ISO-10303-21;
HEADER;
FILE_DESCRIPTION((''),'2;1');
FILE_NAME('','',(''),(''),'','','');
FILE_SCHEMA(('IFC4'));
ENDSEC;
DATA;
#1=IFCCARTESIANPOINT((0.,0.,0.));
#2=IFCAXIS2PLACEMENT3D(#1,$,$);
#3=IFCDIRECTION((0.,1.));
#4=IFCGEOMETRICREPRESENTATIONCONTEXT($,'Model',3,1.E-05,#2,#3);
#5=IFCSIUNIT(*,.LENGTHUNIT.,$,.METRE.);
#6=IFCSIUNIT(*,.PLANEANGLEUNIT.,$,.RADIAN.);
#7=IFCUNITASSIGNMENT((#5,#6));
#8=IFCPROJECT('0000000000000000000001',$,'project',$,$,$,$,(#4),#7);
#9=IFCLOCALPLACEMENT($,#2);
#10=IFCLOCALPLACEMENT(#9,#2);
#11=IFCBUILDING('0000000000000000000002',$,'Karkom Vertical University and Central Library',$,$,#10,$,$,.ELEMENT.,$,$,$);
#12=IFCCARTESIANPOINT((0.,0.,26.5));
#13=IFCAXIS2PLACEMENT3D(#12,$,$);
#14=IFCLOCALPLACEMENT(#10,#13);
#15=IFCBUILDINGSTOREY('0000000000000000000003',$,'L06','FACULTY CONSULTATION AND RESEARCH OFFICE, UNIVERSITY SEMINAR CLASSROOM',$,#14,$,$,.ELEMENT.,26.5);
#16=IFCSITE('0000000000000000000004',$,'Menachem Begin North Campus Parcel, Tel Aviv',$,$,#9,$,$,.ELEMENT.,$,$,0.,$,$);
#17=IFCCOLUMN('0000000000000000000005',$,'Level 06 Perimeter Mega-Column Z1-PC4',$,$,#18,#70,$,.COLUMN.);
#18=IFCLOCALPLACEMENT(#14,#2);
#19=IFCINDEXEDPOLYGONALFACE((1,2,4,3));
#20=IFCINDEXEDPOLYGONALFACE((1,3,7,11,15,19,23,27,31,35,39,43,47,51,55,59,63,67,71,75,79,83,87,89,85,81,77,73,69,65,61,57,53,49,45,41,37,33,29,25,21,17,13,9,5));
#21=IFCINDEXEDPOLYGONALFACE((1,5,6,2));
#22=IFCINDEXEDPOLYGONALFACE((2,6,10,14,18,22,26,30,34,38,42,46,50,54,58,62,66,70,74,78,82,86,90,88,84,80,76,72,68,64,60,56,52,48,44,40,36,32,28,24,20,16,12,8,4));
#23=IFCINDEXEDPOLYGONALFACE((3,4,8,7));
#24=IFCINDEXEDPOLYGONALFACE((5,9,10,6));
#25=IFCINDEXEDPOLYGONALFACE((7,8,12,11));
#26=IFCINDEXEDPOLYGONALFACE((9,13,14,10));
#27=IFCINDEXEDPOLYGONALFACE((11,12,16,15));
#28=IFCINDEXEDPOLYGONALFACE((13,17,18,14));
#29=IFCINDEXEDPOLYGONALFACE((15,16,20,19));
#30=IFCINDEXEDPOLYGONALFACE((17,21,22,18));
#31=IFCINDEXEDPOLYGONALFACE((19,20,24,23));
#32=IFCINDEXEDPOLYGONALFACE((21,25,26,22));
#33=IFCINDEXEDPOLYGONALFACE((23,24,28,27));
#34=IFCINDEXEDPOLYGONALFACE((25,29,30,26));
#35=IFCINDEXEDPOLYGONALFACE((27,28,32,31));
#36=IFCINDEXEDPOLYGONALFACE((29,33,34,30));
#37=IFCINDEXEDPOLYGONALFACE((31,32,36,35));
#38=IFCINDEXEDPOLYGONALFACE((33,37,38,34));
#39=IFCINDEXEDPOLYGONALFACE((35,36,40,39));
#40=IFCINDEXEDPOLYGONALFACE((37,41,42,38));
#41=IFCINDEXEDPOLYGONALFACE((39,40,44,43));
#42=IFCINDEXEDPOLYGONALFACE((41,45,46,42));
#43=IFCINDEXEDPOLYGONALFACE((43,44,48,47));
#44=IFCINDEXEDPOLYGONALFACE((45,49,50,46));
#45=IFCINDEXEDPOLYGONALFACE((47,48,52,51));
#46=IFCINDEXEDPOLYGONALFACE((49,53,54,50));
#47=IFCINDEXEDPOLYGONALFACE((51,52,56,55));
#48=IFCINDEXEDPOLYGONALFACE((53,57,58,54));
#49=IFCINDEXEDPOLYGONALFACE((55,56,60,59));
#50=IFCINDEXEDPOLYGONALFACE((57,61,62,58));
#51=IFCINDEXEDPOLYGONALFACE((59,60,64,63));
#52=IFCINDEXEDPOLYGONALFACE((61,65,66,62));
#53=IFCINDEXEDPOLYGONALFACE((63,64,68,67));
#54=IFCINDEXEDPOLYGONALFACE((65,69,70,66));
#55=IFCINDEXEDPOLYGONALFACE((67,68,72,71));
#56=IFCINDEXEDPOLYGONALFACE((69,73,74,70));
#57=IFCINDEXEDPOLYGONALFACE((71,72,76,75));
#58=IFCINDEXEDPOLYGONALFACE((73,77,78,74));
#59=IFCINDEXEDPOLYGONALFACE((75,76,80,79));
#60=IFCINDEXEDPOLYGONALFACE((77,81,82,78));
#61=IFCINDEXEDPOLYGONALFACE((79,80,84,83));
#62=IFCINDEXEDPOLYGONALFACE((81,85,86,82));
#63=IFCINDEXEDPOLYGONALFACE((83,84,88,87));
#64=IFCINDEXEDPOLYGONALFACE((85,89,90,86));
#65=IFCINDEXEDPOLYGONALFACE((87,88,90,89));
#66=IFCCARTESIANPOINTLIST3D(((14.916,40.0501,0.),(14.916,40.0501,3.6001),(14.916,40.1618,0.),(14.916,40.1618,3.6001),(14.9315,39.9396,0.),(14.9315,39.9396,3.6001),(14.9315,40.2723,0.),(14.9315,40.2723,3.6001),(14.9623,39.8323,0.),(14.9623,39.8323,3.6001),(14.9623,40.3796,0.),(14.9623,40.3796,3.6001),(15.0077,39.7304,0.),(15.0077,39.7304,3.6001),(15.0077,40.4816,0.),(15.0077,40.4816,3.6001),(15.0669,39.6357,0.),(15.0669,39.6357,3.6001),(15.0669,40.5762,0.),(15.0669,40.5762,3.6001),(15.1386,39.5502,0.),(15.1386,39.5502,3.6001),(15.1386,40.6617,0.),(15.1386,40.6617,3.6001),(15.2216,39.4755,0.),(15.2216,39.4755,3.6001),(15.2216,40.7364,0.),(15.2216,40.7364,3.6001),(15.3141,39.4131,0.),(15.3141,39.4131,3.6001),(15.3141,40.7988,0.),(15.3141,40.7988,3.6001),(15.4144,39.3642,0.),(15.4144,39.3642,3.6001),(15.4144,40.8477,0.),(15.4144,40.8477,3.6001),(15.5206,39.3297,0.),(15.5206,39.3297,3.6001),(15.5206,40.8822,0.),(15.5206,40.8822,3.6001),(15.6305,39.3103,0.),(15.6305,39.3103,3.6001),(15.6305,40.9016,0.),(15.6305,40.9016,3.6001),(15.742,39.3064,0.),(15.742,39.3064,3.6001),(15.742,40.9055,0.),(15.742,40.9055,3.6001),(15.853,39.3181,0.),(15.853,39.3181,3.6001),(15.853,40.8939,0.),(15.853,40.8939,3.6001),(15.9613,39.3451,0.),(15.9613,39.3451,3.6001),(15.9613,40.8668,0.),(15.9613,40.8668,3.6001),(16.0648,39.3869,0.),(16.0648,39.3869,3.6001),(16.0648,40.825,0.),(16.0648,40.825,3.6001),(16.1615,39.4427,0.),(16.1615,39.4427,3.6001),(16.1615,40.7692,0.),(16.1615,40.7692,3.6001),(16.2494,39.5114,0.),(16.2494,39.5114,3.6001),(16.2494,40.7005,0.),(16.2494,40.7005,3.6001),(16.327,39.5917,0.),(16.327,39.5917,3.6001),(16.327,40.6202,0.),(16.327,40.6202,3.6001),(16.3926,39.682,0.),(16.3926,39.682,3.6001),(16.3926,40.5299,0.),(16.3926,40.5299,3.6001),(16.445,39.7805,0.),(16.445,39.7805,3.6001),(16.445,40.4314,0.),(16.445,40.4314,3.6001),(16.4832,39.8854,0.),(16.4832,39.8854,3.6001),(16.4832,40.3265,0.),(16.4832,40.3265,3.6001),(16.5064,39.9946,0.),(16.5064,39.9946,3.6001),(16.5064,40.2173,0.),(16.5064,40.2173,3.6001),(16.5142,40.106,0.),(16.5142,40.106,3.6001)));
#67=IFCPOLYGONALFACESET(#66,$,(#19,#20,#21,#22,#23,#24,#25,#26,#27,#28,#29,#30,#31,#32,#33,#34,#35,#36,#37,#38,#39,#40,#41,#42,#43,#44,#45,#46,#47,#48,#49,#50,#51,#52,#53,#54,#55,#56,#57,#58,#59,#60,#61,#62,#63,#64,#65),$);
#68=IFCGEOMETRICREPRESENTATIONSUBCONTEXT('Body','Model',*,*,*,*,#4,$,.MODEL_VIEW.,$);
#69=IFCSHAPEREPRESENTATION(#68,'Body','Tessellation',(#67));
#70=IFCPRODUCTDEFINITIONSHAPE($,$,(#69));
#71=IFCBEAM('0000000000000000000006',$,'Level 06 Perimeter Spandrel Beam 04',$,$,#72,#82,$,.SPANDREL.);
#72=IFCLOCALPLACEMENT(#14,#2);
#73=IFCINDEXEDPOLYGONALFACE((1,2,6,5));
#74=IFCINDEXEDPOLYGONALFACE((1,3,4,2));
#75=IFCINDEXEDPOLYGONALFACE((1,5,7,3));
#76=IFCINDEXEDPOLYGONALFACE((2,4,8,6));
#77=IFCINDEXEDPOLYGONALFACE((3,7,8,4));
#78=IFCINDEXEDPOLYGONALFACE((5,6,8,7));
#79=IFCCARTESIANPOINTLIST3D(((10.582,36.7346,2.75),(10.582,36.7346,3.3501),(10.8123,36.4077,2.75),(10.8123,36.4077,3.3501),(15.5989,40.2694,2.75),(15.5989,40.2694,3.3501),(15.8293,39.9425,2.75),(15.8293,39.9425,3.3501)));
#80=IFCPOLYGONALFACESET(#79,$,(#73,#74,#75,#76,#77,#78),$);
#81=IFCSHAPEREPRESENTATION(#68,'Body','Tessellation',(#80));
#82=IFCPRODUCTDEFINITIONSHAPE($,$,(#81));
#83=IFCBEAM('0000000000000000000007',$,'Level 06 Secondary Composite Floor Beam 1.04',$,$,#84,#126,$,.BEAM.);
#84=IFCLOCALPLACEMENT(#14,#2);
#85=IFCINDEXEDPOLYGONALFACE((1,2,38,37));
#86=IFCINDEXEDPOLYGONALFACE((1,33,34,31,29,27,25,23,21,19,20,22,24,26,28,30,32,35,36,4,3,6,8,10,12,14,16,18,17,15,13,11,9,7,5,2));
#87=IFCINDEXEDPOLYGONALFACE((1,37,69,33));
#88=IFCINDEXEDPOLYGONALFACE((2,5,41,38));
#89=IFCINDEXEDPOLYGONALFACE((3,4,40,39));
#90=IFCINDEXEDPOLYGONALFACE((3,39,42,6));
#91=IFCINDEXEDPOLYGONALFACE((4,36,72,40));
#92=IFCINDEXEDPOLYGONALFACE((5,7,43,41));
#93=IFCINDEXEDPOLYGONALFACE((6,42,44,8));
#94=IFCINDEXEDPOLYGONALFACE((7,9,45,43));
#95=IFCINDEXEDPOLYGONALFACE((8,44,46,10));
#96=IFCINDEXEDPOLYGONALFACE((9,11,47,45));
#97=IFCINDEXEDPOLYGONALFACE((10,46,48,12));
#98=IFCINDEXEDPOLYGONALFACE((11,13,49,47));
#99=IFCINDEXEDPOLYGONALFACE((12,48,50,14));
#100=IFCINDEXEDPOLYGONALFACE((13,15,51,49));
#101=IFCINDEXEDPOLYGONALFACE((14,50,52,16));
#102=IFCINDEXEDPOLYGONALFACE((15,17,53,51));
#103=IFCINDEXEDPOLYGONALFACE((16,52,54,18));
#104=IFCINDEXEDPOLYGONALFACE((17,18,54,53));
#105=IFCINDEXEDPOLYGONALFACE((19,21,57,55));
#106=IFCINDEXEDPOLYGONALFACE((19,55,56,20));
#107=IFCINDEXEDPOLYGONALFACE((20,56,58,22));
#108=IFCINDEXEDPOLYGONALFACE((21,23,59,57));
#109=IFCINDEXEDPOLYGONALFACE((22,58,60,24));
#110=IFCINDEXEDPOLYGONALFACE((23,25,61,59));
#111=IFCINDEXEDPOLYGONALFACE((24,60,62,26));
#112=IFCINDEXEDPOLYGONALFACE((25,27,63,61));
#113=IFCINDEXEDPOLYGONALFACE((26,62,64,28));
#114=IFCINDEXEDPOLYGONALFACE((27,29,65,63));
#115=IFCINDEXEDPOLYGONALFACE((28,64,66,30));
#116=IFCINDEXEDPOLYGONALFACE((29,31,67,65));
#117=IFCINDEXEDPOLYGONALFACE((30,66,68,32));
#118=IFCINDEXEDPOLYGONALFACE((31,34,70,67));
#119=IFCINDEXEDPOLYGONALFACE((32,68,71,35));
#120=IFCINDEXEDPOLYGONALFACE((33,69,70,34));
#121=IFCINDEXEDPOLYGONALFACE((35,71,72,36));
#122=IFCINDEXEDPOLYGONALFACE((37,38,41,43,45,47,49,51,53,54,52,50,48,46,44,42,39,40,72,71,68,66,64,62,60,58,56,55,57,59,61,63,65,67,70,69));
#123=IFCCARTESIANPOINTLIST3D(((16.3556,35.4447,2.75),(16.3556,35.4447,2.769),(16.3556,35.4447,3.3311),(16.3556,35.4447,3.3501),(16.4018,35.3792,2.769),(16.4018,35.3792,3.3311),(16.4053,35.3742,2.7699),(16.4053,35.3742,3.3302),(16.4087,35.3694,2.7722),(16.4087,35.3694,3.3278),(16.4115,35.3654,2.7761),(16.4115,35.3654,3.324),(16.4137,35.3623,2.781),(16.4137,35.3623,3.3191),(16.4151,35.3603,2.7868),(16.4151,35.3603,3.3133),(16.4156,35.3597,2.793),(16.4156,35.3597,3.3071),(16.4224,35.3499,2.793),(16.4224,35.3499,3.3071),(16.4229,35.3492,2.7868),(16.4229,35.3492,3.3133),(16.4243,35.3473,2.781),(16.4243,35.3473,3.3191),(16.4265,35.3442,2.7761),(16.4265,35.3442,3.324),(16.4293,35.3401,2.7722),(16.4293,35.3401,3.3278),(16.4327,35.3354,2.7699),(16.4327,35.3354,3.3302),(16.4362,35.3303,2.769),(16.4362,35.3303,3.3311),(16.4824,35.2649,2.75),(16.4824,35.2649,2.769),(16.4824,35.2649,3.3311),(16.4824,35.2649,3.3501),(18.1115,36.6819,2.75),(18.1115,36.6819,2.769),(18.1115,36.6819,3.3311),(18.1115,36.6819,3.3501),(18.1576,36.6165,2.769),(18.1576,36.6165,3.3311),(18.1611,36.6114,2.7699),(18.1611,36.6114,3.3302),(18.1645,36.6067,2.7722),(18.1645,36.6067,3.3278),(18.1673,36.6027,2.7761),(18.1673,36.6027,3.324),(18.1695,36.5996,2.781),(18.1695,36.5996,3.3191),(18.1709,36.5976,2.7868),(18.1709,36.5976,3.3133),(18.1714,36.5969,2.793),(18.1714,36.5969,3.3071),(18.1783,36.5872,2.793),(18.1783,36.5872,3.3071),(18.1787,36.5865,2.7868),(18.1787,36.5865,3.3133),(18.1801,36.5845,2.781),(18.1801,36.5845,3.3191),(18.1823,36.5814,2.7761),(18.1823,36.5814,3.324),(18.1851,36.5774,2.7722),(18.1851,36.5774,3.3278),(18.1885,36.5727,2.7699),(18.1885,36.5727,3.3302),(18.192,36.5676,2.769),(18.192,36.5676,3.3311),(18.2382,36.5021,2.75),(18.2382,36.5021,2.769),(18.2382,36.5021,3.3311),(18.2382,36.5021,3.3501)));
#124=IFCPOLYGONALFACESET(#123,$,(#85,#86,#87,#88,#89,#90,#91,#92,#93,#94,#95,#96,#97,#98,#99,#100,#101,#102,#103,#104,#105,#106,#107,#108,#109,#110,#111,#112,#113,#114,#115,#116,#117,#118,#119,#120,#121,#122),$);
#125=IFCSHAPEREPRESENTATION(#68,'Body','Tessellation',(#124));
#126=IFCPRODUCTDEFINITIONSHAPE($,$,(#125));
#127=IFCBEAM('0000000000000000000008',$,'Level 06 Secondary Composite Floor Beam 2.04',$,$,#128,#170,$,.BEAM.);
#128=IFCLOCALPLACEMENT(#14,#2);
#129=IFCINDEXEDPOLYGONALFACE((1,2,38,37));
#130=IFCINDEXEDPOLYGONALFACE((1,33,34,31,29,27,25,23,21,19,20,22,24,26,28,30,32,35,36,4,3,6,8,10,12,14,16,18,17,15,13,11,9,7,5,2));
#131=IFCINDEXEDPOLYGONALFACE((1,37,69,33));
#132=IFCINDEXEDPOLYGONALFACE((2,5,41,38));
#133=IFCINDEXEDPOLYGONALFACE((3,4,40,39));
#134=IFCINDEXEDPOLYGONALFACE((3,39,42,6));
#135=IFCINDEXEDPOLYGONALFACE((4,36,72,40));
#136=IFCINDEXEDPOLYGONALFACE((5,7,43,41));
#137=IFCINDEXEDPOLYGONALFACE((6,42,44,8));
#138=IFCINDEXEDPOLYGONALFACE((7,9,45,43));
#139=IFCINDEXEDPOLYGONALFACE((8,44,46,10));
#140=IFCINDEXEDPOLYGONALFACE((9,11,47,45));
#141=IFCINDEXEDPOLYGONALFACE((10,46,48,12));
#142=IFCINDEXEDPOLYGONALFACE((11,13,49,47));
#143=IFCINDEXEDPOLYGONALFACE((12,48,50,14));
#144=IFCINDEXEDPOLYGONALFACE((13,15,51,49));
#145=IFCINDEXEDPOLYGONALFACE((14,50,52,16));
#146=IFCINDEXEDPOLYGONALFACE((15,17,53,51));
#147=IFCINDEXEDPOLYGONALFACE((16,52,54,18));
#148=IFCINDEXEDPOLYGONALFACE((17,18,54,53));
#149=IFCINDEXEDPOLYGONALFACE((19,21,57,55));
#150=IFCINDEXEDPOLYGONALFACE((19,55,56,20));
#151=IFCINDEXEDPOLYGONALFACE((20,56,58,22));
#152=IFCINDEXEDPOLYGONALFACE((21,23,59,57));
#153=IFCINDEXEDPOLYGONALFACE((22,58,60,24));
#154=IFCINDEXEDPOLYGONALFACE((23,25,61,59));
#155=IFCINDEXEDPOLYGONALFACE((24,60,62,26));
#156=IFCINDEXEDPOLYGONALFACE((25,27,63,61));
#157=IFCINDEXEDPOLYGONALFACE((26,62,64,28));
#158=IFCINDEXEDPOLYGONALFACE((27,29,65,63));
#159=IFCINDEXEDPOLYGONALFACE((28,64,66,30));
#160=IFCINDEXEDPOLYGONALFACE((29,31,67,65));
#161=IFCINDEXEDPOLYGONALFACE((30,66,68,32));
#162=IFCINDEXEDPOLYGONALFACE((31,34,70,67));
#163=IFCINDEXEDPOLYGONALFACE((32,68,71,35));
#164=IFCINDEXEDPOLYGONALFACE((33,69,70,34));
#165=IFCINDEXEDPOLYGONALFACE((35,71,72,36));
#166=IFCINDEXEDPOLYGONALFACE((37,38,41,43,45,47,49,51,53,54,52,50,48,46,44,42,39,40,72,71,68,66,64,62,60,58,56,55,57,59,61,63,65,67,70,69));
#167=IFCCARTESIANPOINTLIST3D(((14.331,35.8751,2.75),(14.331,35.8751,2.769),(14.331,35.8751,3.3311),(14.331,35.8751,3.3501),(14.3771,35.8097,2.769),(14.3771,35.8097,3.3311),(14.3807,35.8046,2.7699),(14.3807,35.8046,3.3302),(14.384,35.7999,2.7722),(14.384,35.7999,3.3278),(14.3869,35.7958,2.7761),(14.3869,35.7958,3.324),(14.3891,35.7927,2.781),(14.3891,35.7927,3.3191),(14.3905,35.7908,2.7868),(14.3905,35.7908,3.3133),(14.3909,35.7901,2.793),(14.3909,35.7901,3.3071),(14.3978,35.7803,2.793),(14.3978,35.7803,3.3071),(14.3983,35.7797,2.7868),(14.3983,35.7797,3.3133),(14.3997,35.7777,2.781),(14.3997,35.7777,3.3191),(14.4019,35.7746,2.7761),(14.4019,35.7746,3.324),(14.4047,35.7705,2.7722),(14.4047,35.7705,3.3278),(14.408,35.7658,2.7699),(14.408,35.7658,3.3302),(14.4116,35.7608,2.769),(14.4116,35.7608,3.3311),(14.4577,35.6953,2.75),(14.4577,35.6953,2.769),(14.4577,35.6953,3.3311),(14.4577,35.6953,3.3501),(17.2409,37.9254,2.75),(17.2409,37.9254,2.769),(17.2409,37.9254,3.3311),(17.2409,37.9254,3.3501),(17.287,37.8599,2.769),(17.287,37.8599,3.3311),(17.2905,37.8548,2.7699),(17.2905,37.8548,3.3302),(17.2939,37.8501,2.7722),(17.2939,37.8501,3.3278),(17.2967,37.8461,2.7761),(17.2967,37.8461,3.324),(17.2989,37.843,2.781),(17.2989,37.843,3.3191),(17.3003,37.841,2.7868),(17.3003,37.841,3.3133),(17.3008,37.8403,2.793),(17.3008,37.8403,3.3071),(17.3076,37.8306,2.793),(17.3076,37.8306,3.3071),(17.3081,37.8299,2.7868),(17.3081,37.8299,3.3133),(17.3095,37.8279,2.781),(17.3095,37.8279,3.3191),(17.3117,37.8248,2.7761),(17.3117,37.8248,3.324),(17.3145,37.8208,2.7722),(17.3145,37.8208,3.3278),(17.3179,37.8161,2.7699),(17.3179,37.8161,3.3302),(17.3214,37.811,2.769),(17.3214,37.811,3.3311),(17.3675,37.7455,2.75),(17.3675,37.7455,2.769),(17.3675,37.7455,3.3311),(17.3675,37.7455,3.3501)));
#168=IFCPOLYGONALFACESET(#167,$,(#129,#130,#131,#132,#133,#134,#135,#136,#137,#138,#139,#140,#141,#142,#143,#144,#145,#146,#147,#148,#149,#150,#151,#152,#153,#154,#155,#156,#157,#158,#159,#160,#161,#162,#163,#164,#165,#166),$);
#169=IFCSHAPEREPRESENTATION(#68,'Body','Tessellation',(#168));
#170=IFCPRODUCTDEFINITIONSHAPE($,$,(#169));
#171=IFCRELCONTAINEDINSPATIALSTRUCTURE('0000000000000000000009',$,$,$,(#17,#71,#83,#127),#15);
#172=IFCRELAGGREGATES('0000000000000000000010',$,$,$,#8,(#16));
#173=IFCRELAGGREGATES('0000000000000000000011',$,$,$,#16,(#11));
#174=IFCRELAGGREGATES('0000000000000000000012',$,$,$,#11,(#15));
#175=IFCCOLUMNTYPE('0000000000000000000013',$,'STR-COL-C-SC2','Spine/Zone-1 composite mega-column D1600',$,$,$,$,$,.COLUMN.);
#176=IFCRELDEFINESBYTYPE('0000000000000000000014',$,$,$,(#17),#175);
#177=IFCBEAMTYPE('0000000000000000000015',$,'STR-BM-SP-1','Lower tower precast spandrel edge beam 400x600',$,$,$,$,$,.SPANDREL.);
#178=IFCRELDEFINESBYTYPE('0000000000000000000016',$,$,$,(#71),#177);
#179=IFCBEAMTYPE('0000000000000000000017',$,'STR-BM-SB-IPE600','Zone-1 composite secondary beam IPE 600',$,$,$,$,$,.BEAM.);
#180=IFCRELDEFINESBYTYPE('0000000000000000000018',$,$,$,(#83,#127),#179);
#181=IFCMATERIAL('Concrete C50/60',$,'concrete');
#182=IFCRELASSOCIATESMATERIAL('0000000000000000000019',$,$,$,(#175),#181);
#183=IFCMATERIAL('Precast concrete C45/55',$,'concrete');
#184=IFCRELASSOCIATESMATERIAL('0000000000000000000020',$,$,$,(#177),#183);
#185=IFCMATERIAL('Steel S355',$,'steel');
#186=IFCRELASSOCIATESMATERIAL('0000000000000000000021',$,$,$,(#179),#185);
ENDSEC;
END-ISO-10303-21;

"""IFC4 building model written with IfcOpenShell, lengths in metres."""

from ifc_helpers import new_model, si_unit, direction, frame, origin, origin_with_axes, origin_2d, place, context, subcontext, project, spatial, rectangle, circle, i_section, extrude, source, transform, mapped, material, material_profile, profile_set, type_object, element, save


model = new_model("IFC4")

# Units and contexts
model_context = context("Model", 3, precision=1e-05, world=origin(), true_north=direction((0.0, 1.0)))
body_context = subcontext(model_context, "Body", "Model", "MODEL_VIEW")
ifc_project = project(units=[si_unit("LENGTHUNIT", "METRE"), si_unit("PLANEANGLEUNIT", "RADIAN")], contexts=[model_context])

# Site, building, storey
site_placement = place(None, origin())
site = spatial("IfcSite", under=ifc_project, at=site_placement, Name="Menachem Begin North Campus Parcel, Tel Aviv", CompositionType="ELEMENT", RefElevation=0.0)
building_placement = place(site_placement, origin())
building = spatial("IfcBuilding", under=site, at=building_placement, Name="Karkom Vertical University and Central Library", CompositionType="ELEMENT")
storey_placement = place(building_placement, frame((0.0, 0.0, 26.5)))
storey = spatial("IfcBuildingStorey", under=building, at=storey_placement, Name="L06", Description="FACULTY CONSULTATION AND RESEARCH OFFICE, UNIVERSITY SEMINAR CLASSROOM", CompositionType="ELEMENT", Elevation=26.5)

# Column
ifc_material_1 = material(Name="Concrete C50/60", Category="concrete")
ifc_material_profile_1 = material_profile(ifc_material_1, circle(Radius=0.8, at=origin_2d()), Name="CFT-D1600")
ifc_profile_set_1 = profile_set([ifc_material_profile_1], Name="Concrete C50/60")
column_type = type_object("IfcColumnType", Name="STR-COL-C-SC2", Description="Spine/Zone-1 composite mega-column D1600", PredefinedType="COLUMN", material=ifc_profile_set_1)
shared_shape_1 = source(origin_with_axes(), body_context, "Body", "SweptSolid", [
    extrude(circle(Radius=0.8, at=origin_2d()), origin(), (0.0, 0.0, 1.0), 3.6001),
])
column_placement = place(storey_placement, frame((15.7141, 40.106, 0.0), z_axis=(0.0, 0.0, 1.0), x_axis=(1.0, 0.0, 0.0)))
element("IfcColumn", 1, at=column_placement, inside=storey, type_object=column_type, Name="Level 06 Perimeter Mega-Column Z1-PC4", PredefinedType="COLUMN", context=body_context, shape_type="MappedRepresentation", body=[
    mapped(shared_shape_1, transform((0.0, 0.0, 0.0), scale=1.0)),
])

# Beams
ifc_material_2 = material(Name="Precast concrete C45/55", Category="concrete")
ifc_material_profile_2 = material_profile(ifc_material_2, rectangle(XDim=0.3999, YDim=0.6001, at=origin_2d()), Name="SPB-400x600")
ifc_profile_set_2 = profile_set([ifc_material_profile_2], Name="Precast concrete C45/55")
beam_type_1 = type_object("IfcBeamType", Name="STR-BM-SP-1", Description="Lower tower precast spandrel edge beam 400x600", PredefinedType="SPANDREL", material=ifc_profile_set_2)
shared_shape_2 = source(origin_with_axes(), body_context, "Body", "SweptSolid", [
    extrude(rectangle(XDim=0.3999, YDim=0.6001, at=origin_2d()), origin(), (0.0, 0.0, 1.0), 6.1372),
])
beam_1_placement = place(storey_placement, frame((15.7141, 40.106, 3.05), z_axis=(-0.817471, -0.575969, 0.0), x_axis=(0.575969, -0.817471, 0.0)))
element("IfcBeam", 2, at=beam_1_placement, inside=storey, type_object=beam_type_1, Name="Level 06 Perimeter Spandrel Beam 04", PredefinedType="SPANDREL", context=body_context, shape_type="MappedRepresentation", body=[
    mapped(shared_shape_2, transform((0.0, 0.0, 0.0), scale=1.0)),
])
ifc_material_3 = material(Name="Steel S355", Category="steel")
ifc_material_profile_3 = material_profile(ifc_material_3, i_section(OverallWidth=0.22, OverallDepth=0.6001, WebThickness=0.012, FlangeThickness=0.019, FilletRadius=0.0239, at=origin_2d()), Name="IPE 600")
ifc_profile_set_3 = profile_set([ifc_material_profile_3], Name="Steel S355")
beam_type_2 = type_object("IfcBeamType", Name="STR-BM-SB-IPE600", Description="Zone-1 composite secondary beam IPE 600", PredefinedType="BEAM", material=ifc_profile_set_3)
shared_shape_3 = source(origin_with_axes(), body_context, "Body", "SweptSolid", [
    extrude(i_section(OverallWidth=0.22, OverallDepth=0.6001, WebThickness=0.012, FlangeThickness=0.019, FilletRadius=0.0239, at=origin_2d()), origin(), (0.0, 0.0, 1.0), 2.1479),
])
beam_2_placement = place(storey_placement, frame((18.1748, 36.592, 3.05), z_axis=(-0.817434, -0.576023, 0.0), x_axis=(0.576023, -0.817434, 0.0)))
element("IfcBeam", 3, at=beam_2_placement, inside=storey, type_object=beam_type_2, Name="Level 06 Secondary Composite Floor Beam 1.04", PredefinedType="BEAM", context=body_context, shape_type="MappedRepresentation", body=[
    mapped(shared_shape_3, transform((0.0, 0.0, 0.0), scale=1.0)),
])
shared_shape_4 = source(origin_with_axes(), body_context, "Body", "SweptSolid", [
    extrude(i_section(OverallWidth=0.22, OverallDepth=0.6001, WebThickness=0.012, FlangeThickness=0.019, FilletRadius=0.0239, at=origin_2d()), origin(), (0.0, 0.0, 1.0), 3.5596),
])
beam_3_placement = place(storey_placement, frame((17.3042, 37.8354, 3.05), z_axis=(-0.817466, -0.575977, 0.0), x_axis=(0.575977, -0.817466, 0.0)))
element("IfcBeam", 4, at=beam_3_placement, inside=storey, type_object=beam_type_2, Name="Level 06 Secondary Composite Floor Beam 2.04", PredefinedType="BEAM", context=body_context, shape_type="MappedRepresentation", body=[
    mapped(shared_shape_4, transform((0.0, 0.0, 0.0), scale=1.0)),
])

save(model, "model.ifc")
